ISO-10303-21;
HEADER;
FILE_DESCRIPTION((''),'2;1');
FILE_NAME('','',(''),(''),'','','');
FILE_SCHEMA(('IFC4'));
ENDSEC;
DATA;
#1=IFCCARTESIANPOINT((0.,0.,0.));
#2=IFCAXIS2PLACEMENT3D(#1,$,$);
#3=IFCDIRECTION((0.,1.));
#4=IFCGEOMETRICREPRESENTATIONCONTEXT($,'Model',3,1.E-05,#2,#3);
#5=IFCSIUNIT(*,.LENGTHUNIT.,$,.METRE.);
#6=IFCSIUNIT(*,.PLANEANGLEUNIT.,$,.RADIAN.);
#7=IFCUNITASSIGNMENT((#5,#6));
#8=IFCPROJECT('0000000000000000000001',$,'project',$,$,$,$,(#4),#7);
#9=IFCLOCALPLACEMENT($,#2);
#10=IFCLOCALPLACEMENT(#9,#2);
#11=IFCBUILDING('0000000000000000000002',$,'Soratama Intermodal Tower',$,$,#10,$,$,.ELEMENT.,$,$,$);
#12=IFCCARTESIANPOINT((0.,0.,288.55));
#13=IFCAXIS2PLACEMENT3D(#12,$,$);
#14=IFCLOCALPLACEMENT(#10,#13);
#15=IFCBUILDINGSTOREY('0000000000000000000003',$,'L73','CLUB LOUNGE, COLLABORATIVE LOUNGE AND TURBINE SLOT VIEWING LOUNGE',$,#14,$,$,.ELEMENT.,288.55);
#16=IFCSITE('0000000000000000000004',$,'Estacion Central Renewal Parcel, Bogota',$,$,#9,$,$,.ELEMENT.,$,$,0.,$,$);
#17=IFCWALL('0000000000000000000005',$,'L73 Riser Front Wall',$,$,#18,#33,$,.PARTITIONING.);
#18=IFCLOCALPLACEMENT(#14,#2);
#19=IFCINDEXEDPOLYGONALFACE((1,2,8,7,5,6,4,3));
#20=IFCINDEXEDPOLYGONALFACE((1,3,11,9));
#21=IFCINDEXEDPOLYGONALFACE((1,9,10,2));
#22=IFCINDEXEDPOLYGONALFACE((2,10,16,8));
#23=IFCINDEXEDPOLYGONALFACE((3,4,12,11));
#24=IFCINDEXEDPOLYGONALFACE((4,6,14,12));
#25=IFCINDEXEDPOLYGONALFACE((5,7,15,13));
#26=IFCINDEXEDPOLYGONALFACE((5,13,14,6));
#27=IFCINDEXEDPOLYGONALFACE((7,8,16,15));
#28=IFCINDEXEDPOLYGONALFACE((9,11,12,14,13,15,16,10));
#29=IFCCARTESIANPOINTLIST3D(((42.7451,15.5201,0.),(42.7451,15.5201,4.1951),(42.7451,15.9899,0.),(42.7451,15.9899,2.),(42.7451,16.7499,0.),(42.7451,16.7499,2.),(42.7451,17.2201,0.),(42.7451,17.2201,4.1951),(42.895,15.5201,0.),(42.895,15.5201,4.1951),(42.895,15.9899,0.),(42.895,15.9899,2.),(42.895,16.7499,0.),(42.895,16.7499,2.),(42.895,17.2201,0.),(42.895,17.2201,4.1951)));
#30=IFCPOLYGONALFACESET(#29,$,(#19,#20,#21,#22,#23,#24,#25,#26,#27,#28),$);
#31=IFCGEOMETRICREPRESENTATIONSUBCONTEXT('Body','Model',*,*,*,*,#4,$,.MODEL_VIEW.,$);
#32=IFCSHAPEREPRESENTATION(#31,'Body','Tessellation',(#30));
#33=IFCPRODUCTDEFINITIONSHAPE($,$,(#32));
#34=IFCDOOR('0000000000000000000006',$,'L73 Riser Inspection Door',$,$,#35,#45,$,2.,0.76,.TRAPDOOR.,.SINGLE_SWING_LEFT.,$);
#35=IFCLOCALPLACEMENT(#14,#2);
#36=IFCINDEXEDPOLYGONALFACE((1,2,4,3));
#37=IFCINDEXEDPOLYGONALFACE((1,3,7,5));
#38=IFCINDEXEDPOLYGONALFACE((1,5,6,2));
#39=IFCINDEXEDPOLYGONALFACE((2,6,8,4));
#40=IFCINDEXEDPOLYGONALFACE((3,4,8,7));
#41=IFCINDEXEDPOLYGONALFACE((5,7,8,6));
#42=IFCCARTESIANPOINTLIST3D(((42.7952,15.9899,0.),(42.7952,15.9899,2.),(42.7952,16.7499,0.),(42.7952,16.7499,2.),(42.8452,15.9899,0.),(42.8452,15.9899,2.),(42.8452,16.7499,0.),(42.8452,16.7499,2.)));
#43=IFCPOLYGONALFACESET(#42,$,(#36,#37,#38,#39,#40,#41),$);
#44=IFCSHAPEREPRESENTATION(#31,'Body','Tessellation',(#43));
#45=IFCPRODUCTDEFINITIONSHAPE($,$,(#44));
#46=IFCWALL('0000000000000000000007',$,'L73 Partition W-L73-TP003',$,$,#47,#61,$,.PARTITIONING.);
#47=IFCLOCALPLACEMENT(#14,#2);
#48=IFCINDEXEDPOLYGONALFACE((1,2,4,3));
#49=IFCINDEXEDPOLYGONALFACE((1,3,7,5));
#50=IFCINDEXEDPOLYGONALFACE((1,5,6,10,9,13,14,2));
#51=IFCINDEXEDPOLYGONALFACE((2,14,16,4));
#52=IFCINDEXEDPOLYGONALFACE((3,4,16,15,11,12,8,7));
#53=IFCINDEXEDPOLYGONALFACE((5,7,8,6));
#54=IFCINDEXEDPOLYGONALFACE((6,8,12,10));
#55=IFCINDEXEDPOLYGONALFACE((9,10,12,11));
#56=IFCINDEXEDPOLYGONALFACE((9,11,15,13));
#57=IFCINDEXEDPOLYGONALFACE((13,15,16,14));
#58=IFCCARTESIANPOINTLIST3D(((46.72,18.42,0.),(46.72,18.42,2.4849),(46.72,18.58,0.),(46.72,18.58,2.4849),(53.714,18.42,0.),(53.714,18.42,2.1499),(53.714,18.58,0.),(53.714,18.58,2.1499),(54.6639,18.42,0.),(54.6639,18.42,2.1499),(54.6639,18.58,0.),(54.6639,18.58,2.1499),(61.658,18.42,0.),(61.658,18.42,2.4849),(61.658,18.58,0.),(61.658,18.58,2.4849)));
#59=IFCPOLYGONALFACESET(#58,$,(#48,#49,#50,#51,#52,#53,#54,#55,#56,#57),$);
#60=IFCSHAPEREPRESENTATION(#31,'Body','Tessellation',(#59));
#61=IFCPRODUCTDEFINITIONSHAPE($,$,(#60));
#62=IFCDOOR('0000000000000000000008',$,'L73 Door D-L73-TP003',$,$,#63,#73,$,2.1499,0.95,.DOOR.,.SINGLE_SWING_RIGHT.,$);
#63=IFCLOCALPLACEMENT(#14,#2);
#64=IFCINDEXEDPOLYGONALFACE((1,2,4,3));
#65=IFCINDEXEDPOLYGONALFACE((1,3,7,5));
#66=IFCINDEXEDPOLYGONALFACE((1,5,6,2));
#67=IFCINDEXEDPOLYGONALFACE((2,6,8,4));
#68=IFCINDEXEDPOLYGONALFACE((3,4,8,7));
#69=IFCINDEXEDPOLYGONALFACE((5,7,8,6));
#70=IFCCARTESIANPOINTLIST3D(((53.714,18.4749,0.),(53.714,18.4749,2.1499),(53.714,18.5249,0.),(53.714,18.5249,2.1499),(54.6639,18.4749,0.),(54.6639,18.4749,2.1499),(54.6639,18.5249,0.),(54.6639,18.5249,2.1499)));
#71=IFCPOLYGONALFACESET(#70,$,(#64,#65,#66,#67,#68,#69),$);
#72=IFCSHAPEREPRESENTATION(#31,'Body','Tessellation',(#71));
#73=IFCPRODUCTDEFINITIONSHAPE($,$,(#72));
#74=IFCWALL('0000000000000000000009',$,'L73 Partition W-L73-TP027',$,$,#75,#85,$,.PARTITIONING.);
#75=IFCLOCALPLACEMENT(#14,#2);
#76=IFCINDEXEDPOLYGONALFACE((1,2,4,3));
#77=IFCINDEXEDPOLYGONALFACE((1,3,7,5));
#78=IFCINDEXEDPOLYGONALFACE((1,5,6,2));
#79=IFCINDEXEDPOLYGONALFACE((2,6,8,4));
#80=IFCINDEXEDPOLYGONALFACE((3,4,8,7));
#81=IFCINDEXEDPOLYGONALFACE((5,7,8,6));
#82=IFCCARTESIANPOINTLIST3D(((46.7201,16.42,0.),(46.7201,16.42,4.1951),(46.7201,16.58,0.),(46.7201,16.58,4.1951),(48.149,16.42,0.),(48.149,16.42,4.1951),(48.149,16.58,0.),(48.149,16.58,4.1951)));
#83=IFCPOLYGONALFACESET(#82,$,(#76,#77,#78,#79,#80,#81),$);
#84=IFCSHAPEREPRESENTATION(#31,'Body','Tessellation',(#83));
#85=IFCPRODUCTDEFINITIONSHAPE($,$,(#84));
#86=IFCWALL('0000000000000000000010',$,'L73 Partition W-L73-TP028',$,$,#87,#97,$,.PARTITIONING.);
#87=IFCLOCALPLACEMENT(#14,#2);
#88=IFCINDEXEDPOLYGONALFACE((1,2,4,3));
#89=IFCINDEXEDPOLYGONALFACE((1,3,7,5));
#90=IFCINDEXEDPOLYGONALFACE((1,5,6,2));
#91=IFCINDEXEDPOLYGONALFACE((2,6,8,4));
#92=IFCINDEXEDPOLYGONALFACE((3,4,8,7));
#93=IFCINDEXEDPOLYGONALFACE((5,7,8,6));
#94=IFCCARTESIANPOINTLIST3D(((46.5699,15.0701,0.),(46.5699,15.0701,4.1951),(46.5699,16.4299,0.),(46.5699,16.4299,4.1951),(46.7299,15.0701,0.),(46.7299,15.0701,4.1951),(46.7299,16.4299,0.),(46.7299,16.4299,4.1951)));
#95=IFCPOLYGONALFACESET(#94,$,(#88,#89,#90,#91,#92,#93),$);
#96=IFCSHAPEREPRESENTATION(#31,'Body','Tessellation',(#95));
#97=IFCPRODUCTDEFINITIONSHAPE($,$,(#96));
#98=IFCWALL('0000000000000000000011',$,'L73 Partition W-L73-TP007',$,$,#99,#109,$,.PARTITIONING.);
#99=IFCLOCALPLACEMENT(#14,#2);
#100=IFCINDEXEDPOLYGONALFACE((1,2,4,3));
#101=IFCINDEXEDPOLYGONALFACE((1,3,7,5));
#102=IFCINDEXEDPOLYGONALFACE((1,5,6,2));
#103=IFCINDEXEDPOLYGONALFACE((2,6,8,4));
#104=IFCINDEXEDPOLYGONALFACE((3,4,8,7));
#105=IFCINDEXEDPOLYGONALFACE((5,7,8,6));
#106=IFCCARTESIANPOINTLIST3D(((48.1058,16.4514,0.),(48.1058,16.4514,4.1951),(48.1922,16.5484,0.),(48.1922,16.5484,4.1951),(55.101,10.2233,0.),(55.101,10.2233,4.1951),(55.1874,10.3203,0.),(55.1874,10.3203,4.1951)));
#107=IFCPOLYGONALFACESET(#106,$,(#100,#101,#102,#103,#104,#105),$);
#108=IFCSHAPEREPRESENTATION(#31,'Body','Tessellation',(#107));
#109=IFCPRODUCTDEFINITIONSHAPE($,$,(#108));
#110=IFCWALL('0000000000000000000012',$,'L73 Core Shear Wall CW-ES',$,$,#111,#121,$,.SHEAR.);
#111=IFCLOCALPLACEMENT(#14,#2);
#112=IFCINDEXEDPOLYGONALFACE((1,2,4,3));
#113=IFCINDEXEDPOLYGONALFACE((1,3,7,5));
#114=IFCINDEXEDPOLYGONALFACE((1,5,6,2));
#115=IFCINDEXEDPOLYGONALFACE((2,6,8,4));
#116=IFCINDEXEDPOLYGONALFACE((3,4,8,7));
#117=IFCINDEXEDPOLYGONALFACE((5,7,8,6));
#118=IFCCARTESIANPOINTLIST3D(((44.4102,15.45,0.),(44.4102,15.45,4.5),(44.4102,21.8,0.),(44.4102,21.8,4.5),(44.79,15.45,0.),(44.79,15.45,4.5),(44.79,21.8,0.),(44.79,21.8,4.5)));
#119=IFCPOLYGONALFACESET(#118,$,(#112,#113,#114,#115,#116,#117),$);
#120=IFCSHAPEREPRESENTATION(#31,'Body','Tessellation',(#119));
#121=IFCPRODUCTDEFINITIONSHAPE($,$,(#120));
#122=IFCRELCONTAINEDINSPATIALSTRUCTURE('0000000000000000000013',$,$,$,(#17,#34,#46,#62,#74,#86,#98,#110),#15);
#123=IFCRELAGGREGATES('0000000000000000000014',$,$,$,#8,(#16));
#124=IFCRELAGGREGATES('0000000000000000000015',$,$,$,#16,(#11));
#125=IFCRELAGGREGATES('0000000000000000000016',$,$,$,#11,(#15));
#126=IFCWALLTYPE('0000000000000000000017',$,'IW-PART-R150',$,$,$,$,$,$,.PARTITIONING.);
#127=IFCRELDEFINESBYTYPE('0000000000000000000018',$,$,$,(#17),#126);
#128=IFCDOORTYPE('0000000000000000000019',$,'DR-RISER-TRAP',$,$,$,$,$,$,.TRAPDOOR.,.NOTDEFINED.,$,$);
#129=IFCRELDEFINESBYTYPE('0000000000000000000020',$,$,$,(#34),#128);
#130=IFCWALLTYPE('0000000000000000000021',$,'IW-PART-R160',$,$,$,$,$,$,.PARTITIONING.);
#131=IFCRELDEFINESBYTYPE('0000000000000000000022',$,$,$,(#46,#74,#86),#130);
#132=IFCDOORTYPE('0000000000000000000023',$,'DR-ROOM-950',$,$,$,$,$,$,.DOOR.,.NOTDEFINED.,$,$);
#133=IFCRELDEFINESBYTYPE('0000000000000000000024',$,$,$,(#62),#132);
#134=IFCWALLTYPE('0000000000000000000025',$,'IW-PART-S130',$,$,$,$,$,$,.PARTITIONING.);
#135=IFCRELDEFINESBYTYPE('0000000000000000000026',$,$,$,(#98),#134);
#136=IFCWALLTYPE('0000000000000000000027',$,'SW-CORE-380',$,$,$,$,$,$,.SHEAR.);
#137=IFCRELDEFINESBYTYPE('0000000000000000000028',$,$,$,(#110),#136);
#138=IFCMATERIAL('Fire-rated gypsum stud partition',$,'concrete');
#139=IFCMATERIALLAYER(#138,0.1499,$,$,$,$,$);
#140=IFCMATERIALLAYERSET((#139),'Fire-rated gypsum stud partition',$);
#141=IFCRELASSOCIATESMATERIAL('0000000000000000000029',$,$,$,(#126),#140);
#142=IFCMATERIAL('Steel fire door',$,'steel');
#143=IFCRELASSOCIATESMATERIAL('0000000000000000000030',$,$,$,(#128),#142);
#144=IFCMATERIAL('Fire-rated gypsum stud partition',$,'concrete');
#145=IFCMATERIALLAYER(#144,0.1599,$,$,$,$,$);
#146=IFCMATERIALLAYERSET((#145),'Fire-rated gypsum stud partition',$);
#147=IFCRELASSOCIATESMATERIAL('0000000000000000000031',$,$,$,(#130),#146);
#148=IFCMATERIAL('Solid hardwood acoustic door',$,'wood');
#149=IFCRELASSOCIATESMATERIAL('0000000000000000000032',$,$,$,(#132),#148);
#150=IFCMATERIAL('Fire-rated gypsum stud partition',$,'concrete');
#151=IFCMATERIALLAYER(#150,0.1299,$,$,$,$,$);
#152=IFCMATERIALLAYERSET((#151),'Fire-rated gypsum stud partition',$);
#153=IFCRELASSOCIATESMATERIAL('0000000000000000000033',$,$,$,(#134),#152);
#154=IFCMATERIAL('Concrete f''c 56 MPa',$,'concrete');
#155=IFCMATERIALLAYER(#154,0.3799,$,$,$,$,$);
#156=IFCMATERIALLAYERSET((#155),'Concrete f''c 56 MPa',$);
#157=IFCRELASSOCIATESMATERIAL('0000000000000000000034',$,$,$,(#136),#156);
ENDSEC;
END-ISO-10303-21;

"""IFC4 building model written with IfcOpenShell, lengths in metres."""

from ifc_helpers import new_model, si_unit, direction, frame, frame_2d, origin, place, context, subcontext, project, spatial, rectangle, extrude, material, layer, layer_set, type_object, element, fill, save


model = new_model("IFC4")

# Units and contexts
model_context = context("Model", 3, precision=1e-05, world=origin(), true_north=direction((0.0, 1.0)))
body_context = subcontext(model_context, "Body", "Model", "MODEL_VIEW")
ifc_project = project(units=[si_unit("LENGTHUNIT", "METRE"), si_unit("PLANEANGLEUNIT", "RADIAN")], contexts=[model_context])

# Site, building, storey
site_placement = place(None, origin())
site = spatial("IfcSite", under=ifc_project, at=site_placement, Name="Estacion Central Renewal Parcel, Bogota", CompositionType="ELEMENT", RefElevation=0.0)
building_placement = place(site_placement, origin())
building = spatial("IfcBuilding", under=site, at=building_placement, Name="Soratama Intermodal Tower", CompositionType="ELEMENT")
storey_placement = place(building_placement, frame((0.0, 0.0, 288.55)))
storey = spatial("IfcBuildingStorey", under=building, at=storey_placement, Name="L73", Description="CLUB LOUNGE, COLLABORATIVE LOUNGE AND TURBINE SLOT VIEWING LOUNGE", CompositionType="ELEMENT", Elevation=288.55)

# Shared definitions
ifc_material_1 = material(Name="Fire-rated gypsum stud partition", Category="concrete")
ifc_layer_1 = layer(ifc_material_1, 0.1499)
ifc_layer_set_1 = layer_set([ifc_layer_1], Name="Fire-rated gypsum stud partition")
wall_type_1 = type_object("IfcWallType", Name="IW-PART-R150", PredefinedType="PARTITIONING", material=ifc_layer_set_1)

# Walls, openings, doors
wall_1_placement = place(storey_placement, frame((42.8201, 15.52, 0.0), z_axis=(0.0, 0.0, 1.0), x_axis=(0.0, 1.0, 0.0)))
wall_1 = element("IfcWall", 1, at=wall_1_placement, inside=storey, type_object=wall_type_1, Name="L73 Riser Front Wall", PredefinedType="PARTITIONING", context=body_context, shape_type="SweptSolid", body=[
    extrude(rectangle(XDim=1.7, YDim=0.1499, at=frame_2d((0.8501, 0.0))), origin(), (0.0, 0.0, 1.0), 4.1951),
])
opening_1_placement = place(wall_1_placement, frame((0.47, 0.0, 0.0)))
opening_1 = element("IfcOpeningElement", 2, at=opening_1_placement, cuts=wall_1, PredefinedType="OPENING", context=body_context, shape_type="SweptSolid", body=[
    extrude(rectangle(XDim=0.76, YDim=2.0, at=frame_2d((0.3799, 1.0))), frame((0.0, 0.085, 0.0), z_axis=(0.0, -1.0, 0.0), x_axis=(1.0, 0.0, 0.0)), (0.0, 0.0, 1.0), 0.1699),
])
ifc_material_2 = material(Name="Steel fire door", Category="steel")
door_type_1 = type_object("IfcDoorType", Name="DR-RISER-TRAP", OperationType="NOTDEFINED", PredefinedType="TRAPDOOR", material=ifc_material_2)
door_1_placement = place(opening_1_placement, origin())
door_1 = element("IfcDoor", 3, at=door_1_placement, inside=storey, type_object=door_type_1, Name="L73 Riser Inspection Door", OperationType="SINGLE_SWING_LEFT", OverallHeight=2.0, OverallWidth=0.76, PredefinedType="TRAPDOOR", context=body_context, shape_type="SweptSolid", body=[
    extrude(rectangle(XDim=0.76, YDim=2.0, at=frame_2d((0.3799, 1.0))), frame((0.0, 0.0249, 0.0), z_axis=(0.0, -1.0, 0.0), x_axis=(1.0, 0.0, 0.0)), (0.0, 0.0, 1.0), 0.05),
])
fill(opening_1, door_1)
ifc_material_3 = material(Name="Fire-rated gypsum stud partition", Category="concrete")
ifc_layer_2 = layer(ifc_material_3, 0.1599)
ifc_layer_set_2 = layer_set([ifc_layer_2], Name="Fire-rated gypsum stud partition")
wall_type_2 = type_object("IfcWallType", Name="IW-PART-R160", PredefinedType="PARTITIONING", material=ifc_layer_set_2)
wall_2_placement = place(storey_placement, frame((46.72, 18.5, 0.0), z_axis=(0.0, 0.0, 1.0), x_axis=(1.0, 0.0, 0.0)))
wall_2 = element("IfcWall", 4, at=wall_2_placement, inside=storey, type_object=wall_type_2, Name="L73 Partition W-L73-TP003", PredefinedType="PARTITIONING", context=body_context, shape_type="SweptSolid", body=[
    extrude(rectangle(XDim=14.938, YDim=0.1599, at=frame_2d((7.469, 0.0))), origin(), (0.0, 0.0, 1.0), 2.4849),
])
opening_2_placement = place(wall_2_placement, frame((6.9939, 0.0, 0.0)))
opening_2 = element("IfcOpeningElement", 5, at=opening_2_placement, cuts=wall_2, PredefinedType="OPENING", context=body_context, shape_type="SweptSolid", body=[
    extrude(rectangle(XDim=0.95, YDim=2.1499, at=frame_2d((0.4751, 1.075))), frame((0.0, 0.0898, 0.0), z_axis=(0.0, -1.0, 0.0), x_axis=(1.0, 0.0, 0.0)), (0.0, 0.0, 1.0), 0.1799),
])
ifc_material_4 = material(Name="Solid hardwood acoustic door", Category="wood")
door_type_2 = type_object("IfcDoorType", Name="DR-ROOM-950", OperationType="NOTDEFINED", PredefinedType="DOOR", material=ifc_material_4)
door_2_placement = place(opening_2_placement, origin())
door_2 = element("IfcDoor", 6, at=door_2_placement, inside=storey, type_object=door_type_2, Name="L73 Door D-L73-TP003", OperationType="SINGLE_SWING_RIGHT", OverallHeight=2.1499, OverallWidth=0.95, PredefinedType="DOOR", context=body_context, shape_type="SweptSolid", body=[
    extrude(rectangle(XDim=0.95, YDim=2.1499, at=frame_2d((0.4751, 1.075))), frame((0.0, 0.0249, 0.0), z_axis=(0.0, -1.0, 0.0), x_axis=(1.0, 0.0, 0.0)), (0.0, 0.0, 1.0), 0.05),
])
fill(opening_2, door_2)

# Walls
wall_3_placement = place(storey_placement, frame((48.1489, 16.5, 0.0), z_axis=(0.0, 0.0, 1.0), x_axis=(-1.0, 0.0, 0.0)))
element("IfcWall", 7, at=wall_3_placement, inside=storey, type_object=wall_type_2, Name="L73 Partition W-L73-TP027", PredefinedType="PARTITIONING", context=body_context, shape_type="SweptSolid", body=[
    extrude(rectangle(XDim=1.429, YDim=0.1599, at=frame_2d((0.7144, 0.0))), origin(), (0.0, 0.0, 1.0), 4.1951),
])
wall_4_placement = place(storey_placement, frame((46.6499, 16.4299, 0.0), z_axis=(0.0, 0.0, 1.0), x_axis=(0.0, -1.0, 0.0)))
element("IfcWall", 8, at=wall_4_placement, inside=storey, type_object=wall_type_2, Name="L73 Partition W-L73-TP028", PredefinedType="PARTITIONING", context=body_context, shape_type="SweptSolid", body=[
    extrude(rectangle(XDim=1.3599, YDim=0.1599, at=frame_2d((0.6799, 0.0))), origin(), (0.0, 0.0, 1.0), 4.1951),
])

# Walls
ifc_material_5 = material(Name="Fire-rated gypsum stud partition", Category="concrete")
ifc_layer_3 = layer(ifc_material_5, 0.1299)
ifc_layer_set_3 = layer_set([ifc_layer_3], Name="Fire-rated gypsum stud partition")
wall_type_3 = type_object("IfcWallType", Name="IW-PART-S130", PredefinedType="PARTITIONING", material=ifc_layer_set_3)
wall_5_placement = place(storey_placement, frame((48.1489, 16.5, 0.0), z_axis=(0.0, 0.0, 1.0), x_axis=(0.746871, -0.664969, 0.0)))
element("IfcWall", 9, at=wall_5_placement, inside=storey, type_object=wall_type_3, Name="L73 Partition W-L73-TP007", PredefinedType="PARTITIONING", context=body_context, shape_type="SweptSolid", body=[
    extrude(rectangle(XDim=9.366, YDim=0.1299, at=frame_2d((4.6831, 0.0))), origin(), (0.0, 0.0, 1.0), 4.1951),
])
ifc_material_6 = material(Name="Concrete f'c 56 MPa", Category="concrete")
ifc_layer_4 = layer(ifc_material_6, 0.3799)
ifc_layer_set_4 = layer_set([ifc_layer_4], Name="Concrete f'c 56 MPa")
wall_type_4 = type_object("IfcWallType", Name="SW-CORE-380", PredefinedType="SHEAR", material=ifc_layer_set_4)
wall_6_placement = place(storey_placement, frame((44.6001, 15.45, 0.0), z_axis=(0.0, 0.0, 1.0), x_axis=(0.0, 1.0, 0.0)))
element("IfcWall", 10, at=wall_6_placement, inside=storey, type_object=wall_type_4, Name="L73 Core Shear Wall CW-ES", PredefinedType="SHEAR", context=body_context, shape_type="SweptSolid", body=[
    extrude(rectangle(XDim=6.3501, YDim=0.3799, at=frame_2d((3.175, 0.0))), origin(), (0.0, 0.0, 1.0), 4.5),
])

save(model, "model.ifc")
